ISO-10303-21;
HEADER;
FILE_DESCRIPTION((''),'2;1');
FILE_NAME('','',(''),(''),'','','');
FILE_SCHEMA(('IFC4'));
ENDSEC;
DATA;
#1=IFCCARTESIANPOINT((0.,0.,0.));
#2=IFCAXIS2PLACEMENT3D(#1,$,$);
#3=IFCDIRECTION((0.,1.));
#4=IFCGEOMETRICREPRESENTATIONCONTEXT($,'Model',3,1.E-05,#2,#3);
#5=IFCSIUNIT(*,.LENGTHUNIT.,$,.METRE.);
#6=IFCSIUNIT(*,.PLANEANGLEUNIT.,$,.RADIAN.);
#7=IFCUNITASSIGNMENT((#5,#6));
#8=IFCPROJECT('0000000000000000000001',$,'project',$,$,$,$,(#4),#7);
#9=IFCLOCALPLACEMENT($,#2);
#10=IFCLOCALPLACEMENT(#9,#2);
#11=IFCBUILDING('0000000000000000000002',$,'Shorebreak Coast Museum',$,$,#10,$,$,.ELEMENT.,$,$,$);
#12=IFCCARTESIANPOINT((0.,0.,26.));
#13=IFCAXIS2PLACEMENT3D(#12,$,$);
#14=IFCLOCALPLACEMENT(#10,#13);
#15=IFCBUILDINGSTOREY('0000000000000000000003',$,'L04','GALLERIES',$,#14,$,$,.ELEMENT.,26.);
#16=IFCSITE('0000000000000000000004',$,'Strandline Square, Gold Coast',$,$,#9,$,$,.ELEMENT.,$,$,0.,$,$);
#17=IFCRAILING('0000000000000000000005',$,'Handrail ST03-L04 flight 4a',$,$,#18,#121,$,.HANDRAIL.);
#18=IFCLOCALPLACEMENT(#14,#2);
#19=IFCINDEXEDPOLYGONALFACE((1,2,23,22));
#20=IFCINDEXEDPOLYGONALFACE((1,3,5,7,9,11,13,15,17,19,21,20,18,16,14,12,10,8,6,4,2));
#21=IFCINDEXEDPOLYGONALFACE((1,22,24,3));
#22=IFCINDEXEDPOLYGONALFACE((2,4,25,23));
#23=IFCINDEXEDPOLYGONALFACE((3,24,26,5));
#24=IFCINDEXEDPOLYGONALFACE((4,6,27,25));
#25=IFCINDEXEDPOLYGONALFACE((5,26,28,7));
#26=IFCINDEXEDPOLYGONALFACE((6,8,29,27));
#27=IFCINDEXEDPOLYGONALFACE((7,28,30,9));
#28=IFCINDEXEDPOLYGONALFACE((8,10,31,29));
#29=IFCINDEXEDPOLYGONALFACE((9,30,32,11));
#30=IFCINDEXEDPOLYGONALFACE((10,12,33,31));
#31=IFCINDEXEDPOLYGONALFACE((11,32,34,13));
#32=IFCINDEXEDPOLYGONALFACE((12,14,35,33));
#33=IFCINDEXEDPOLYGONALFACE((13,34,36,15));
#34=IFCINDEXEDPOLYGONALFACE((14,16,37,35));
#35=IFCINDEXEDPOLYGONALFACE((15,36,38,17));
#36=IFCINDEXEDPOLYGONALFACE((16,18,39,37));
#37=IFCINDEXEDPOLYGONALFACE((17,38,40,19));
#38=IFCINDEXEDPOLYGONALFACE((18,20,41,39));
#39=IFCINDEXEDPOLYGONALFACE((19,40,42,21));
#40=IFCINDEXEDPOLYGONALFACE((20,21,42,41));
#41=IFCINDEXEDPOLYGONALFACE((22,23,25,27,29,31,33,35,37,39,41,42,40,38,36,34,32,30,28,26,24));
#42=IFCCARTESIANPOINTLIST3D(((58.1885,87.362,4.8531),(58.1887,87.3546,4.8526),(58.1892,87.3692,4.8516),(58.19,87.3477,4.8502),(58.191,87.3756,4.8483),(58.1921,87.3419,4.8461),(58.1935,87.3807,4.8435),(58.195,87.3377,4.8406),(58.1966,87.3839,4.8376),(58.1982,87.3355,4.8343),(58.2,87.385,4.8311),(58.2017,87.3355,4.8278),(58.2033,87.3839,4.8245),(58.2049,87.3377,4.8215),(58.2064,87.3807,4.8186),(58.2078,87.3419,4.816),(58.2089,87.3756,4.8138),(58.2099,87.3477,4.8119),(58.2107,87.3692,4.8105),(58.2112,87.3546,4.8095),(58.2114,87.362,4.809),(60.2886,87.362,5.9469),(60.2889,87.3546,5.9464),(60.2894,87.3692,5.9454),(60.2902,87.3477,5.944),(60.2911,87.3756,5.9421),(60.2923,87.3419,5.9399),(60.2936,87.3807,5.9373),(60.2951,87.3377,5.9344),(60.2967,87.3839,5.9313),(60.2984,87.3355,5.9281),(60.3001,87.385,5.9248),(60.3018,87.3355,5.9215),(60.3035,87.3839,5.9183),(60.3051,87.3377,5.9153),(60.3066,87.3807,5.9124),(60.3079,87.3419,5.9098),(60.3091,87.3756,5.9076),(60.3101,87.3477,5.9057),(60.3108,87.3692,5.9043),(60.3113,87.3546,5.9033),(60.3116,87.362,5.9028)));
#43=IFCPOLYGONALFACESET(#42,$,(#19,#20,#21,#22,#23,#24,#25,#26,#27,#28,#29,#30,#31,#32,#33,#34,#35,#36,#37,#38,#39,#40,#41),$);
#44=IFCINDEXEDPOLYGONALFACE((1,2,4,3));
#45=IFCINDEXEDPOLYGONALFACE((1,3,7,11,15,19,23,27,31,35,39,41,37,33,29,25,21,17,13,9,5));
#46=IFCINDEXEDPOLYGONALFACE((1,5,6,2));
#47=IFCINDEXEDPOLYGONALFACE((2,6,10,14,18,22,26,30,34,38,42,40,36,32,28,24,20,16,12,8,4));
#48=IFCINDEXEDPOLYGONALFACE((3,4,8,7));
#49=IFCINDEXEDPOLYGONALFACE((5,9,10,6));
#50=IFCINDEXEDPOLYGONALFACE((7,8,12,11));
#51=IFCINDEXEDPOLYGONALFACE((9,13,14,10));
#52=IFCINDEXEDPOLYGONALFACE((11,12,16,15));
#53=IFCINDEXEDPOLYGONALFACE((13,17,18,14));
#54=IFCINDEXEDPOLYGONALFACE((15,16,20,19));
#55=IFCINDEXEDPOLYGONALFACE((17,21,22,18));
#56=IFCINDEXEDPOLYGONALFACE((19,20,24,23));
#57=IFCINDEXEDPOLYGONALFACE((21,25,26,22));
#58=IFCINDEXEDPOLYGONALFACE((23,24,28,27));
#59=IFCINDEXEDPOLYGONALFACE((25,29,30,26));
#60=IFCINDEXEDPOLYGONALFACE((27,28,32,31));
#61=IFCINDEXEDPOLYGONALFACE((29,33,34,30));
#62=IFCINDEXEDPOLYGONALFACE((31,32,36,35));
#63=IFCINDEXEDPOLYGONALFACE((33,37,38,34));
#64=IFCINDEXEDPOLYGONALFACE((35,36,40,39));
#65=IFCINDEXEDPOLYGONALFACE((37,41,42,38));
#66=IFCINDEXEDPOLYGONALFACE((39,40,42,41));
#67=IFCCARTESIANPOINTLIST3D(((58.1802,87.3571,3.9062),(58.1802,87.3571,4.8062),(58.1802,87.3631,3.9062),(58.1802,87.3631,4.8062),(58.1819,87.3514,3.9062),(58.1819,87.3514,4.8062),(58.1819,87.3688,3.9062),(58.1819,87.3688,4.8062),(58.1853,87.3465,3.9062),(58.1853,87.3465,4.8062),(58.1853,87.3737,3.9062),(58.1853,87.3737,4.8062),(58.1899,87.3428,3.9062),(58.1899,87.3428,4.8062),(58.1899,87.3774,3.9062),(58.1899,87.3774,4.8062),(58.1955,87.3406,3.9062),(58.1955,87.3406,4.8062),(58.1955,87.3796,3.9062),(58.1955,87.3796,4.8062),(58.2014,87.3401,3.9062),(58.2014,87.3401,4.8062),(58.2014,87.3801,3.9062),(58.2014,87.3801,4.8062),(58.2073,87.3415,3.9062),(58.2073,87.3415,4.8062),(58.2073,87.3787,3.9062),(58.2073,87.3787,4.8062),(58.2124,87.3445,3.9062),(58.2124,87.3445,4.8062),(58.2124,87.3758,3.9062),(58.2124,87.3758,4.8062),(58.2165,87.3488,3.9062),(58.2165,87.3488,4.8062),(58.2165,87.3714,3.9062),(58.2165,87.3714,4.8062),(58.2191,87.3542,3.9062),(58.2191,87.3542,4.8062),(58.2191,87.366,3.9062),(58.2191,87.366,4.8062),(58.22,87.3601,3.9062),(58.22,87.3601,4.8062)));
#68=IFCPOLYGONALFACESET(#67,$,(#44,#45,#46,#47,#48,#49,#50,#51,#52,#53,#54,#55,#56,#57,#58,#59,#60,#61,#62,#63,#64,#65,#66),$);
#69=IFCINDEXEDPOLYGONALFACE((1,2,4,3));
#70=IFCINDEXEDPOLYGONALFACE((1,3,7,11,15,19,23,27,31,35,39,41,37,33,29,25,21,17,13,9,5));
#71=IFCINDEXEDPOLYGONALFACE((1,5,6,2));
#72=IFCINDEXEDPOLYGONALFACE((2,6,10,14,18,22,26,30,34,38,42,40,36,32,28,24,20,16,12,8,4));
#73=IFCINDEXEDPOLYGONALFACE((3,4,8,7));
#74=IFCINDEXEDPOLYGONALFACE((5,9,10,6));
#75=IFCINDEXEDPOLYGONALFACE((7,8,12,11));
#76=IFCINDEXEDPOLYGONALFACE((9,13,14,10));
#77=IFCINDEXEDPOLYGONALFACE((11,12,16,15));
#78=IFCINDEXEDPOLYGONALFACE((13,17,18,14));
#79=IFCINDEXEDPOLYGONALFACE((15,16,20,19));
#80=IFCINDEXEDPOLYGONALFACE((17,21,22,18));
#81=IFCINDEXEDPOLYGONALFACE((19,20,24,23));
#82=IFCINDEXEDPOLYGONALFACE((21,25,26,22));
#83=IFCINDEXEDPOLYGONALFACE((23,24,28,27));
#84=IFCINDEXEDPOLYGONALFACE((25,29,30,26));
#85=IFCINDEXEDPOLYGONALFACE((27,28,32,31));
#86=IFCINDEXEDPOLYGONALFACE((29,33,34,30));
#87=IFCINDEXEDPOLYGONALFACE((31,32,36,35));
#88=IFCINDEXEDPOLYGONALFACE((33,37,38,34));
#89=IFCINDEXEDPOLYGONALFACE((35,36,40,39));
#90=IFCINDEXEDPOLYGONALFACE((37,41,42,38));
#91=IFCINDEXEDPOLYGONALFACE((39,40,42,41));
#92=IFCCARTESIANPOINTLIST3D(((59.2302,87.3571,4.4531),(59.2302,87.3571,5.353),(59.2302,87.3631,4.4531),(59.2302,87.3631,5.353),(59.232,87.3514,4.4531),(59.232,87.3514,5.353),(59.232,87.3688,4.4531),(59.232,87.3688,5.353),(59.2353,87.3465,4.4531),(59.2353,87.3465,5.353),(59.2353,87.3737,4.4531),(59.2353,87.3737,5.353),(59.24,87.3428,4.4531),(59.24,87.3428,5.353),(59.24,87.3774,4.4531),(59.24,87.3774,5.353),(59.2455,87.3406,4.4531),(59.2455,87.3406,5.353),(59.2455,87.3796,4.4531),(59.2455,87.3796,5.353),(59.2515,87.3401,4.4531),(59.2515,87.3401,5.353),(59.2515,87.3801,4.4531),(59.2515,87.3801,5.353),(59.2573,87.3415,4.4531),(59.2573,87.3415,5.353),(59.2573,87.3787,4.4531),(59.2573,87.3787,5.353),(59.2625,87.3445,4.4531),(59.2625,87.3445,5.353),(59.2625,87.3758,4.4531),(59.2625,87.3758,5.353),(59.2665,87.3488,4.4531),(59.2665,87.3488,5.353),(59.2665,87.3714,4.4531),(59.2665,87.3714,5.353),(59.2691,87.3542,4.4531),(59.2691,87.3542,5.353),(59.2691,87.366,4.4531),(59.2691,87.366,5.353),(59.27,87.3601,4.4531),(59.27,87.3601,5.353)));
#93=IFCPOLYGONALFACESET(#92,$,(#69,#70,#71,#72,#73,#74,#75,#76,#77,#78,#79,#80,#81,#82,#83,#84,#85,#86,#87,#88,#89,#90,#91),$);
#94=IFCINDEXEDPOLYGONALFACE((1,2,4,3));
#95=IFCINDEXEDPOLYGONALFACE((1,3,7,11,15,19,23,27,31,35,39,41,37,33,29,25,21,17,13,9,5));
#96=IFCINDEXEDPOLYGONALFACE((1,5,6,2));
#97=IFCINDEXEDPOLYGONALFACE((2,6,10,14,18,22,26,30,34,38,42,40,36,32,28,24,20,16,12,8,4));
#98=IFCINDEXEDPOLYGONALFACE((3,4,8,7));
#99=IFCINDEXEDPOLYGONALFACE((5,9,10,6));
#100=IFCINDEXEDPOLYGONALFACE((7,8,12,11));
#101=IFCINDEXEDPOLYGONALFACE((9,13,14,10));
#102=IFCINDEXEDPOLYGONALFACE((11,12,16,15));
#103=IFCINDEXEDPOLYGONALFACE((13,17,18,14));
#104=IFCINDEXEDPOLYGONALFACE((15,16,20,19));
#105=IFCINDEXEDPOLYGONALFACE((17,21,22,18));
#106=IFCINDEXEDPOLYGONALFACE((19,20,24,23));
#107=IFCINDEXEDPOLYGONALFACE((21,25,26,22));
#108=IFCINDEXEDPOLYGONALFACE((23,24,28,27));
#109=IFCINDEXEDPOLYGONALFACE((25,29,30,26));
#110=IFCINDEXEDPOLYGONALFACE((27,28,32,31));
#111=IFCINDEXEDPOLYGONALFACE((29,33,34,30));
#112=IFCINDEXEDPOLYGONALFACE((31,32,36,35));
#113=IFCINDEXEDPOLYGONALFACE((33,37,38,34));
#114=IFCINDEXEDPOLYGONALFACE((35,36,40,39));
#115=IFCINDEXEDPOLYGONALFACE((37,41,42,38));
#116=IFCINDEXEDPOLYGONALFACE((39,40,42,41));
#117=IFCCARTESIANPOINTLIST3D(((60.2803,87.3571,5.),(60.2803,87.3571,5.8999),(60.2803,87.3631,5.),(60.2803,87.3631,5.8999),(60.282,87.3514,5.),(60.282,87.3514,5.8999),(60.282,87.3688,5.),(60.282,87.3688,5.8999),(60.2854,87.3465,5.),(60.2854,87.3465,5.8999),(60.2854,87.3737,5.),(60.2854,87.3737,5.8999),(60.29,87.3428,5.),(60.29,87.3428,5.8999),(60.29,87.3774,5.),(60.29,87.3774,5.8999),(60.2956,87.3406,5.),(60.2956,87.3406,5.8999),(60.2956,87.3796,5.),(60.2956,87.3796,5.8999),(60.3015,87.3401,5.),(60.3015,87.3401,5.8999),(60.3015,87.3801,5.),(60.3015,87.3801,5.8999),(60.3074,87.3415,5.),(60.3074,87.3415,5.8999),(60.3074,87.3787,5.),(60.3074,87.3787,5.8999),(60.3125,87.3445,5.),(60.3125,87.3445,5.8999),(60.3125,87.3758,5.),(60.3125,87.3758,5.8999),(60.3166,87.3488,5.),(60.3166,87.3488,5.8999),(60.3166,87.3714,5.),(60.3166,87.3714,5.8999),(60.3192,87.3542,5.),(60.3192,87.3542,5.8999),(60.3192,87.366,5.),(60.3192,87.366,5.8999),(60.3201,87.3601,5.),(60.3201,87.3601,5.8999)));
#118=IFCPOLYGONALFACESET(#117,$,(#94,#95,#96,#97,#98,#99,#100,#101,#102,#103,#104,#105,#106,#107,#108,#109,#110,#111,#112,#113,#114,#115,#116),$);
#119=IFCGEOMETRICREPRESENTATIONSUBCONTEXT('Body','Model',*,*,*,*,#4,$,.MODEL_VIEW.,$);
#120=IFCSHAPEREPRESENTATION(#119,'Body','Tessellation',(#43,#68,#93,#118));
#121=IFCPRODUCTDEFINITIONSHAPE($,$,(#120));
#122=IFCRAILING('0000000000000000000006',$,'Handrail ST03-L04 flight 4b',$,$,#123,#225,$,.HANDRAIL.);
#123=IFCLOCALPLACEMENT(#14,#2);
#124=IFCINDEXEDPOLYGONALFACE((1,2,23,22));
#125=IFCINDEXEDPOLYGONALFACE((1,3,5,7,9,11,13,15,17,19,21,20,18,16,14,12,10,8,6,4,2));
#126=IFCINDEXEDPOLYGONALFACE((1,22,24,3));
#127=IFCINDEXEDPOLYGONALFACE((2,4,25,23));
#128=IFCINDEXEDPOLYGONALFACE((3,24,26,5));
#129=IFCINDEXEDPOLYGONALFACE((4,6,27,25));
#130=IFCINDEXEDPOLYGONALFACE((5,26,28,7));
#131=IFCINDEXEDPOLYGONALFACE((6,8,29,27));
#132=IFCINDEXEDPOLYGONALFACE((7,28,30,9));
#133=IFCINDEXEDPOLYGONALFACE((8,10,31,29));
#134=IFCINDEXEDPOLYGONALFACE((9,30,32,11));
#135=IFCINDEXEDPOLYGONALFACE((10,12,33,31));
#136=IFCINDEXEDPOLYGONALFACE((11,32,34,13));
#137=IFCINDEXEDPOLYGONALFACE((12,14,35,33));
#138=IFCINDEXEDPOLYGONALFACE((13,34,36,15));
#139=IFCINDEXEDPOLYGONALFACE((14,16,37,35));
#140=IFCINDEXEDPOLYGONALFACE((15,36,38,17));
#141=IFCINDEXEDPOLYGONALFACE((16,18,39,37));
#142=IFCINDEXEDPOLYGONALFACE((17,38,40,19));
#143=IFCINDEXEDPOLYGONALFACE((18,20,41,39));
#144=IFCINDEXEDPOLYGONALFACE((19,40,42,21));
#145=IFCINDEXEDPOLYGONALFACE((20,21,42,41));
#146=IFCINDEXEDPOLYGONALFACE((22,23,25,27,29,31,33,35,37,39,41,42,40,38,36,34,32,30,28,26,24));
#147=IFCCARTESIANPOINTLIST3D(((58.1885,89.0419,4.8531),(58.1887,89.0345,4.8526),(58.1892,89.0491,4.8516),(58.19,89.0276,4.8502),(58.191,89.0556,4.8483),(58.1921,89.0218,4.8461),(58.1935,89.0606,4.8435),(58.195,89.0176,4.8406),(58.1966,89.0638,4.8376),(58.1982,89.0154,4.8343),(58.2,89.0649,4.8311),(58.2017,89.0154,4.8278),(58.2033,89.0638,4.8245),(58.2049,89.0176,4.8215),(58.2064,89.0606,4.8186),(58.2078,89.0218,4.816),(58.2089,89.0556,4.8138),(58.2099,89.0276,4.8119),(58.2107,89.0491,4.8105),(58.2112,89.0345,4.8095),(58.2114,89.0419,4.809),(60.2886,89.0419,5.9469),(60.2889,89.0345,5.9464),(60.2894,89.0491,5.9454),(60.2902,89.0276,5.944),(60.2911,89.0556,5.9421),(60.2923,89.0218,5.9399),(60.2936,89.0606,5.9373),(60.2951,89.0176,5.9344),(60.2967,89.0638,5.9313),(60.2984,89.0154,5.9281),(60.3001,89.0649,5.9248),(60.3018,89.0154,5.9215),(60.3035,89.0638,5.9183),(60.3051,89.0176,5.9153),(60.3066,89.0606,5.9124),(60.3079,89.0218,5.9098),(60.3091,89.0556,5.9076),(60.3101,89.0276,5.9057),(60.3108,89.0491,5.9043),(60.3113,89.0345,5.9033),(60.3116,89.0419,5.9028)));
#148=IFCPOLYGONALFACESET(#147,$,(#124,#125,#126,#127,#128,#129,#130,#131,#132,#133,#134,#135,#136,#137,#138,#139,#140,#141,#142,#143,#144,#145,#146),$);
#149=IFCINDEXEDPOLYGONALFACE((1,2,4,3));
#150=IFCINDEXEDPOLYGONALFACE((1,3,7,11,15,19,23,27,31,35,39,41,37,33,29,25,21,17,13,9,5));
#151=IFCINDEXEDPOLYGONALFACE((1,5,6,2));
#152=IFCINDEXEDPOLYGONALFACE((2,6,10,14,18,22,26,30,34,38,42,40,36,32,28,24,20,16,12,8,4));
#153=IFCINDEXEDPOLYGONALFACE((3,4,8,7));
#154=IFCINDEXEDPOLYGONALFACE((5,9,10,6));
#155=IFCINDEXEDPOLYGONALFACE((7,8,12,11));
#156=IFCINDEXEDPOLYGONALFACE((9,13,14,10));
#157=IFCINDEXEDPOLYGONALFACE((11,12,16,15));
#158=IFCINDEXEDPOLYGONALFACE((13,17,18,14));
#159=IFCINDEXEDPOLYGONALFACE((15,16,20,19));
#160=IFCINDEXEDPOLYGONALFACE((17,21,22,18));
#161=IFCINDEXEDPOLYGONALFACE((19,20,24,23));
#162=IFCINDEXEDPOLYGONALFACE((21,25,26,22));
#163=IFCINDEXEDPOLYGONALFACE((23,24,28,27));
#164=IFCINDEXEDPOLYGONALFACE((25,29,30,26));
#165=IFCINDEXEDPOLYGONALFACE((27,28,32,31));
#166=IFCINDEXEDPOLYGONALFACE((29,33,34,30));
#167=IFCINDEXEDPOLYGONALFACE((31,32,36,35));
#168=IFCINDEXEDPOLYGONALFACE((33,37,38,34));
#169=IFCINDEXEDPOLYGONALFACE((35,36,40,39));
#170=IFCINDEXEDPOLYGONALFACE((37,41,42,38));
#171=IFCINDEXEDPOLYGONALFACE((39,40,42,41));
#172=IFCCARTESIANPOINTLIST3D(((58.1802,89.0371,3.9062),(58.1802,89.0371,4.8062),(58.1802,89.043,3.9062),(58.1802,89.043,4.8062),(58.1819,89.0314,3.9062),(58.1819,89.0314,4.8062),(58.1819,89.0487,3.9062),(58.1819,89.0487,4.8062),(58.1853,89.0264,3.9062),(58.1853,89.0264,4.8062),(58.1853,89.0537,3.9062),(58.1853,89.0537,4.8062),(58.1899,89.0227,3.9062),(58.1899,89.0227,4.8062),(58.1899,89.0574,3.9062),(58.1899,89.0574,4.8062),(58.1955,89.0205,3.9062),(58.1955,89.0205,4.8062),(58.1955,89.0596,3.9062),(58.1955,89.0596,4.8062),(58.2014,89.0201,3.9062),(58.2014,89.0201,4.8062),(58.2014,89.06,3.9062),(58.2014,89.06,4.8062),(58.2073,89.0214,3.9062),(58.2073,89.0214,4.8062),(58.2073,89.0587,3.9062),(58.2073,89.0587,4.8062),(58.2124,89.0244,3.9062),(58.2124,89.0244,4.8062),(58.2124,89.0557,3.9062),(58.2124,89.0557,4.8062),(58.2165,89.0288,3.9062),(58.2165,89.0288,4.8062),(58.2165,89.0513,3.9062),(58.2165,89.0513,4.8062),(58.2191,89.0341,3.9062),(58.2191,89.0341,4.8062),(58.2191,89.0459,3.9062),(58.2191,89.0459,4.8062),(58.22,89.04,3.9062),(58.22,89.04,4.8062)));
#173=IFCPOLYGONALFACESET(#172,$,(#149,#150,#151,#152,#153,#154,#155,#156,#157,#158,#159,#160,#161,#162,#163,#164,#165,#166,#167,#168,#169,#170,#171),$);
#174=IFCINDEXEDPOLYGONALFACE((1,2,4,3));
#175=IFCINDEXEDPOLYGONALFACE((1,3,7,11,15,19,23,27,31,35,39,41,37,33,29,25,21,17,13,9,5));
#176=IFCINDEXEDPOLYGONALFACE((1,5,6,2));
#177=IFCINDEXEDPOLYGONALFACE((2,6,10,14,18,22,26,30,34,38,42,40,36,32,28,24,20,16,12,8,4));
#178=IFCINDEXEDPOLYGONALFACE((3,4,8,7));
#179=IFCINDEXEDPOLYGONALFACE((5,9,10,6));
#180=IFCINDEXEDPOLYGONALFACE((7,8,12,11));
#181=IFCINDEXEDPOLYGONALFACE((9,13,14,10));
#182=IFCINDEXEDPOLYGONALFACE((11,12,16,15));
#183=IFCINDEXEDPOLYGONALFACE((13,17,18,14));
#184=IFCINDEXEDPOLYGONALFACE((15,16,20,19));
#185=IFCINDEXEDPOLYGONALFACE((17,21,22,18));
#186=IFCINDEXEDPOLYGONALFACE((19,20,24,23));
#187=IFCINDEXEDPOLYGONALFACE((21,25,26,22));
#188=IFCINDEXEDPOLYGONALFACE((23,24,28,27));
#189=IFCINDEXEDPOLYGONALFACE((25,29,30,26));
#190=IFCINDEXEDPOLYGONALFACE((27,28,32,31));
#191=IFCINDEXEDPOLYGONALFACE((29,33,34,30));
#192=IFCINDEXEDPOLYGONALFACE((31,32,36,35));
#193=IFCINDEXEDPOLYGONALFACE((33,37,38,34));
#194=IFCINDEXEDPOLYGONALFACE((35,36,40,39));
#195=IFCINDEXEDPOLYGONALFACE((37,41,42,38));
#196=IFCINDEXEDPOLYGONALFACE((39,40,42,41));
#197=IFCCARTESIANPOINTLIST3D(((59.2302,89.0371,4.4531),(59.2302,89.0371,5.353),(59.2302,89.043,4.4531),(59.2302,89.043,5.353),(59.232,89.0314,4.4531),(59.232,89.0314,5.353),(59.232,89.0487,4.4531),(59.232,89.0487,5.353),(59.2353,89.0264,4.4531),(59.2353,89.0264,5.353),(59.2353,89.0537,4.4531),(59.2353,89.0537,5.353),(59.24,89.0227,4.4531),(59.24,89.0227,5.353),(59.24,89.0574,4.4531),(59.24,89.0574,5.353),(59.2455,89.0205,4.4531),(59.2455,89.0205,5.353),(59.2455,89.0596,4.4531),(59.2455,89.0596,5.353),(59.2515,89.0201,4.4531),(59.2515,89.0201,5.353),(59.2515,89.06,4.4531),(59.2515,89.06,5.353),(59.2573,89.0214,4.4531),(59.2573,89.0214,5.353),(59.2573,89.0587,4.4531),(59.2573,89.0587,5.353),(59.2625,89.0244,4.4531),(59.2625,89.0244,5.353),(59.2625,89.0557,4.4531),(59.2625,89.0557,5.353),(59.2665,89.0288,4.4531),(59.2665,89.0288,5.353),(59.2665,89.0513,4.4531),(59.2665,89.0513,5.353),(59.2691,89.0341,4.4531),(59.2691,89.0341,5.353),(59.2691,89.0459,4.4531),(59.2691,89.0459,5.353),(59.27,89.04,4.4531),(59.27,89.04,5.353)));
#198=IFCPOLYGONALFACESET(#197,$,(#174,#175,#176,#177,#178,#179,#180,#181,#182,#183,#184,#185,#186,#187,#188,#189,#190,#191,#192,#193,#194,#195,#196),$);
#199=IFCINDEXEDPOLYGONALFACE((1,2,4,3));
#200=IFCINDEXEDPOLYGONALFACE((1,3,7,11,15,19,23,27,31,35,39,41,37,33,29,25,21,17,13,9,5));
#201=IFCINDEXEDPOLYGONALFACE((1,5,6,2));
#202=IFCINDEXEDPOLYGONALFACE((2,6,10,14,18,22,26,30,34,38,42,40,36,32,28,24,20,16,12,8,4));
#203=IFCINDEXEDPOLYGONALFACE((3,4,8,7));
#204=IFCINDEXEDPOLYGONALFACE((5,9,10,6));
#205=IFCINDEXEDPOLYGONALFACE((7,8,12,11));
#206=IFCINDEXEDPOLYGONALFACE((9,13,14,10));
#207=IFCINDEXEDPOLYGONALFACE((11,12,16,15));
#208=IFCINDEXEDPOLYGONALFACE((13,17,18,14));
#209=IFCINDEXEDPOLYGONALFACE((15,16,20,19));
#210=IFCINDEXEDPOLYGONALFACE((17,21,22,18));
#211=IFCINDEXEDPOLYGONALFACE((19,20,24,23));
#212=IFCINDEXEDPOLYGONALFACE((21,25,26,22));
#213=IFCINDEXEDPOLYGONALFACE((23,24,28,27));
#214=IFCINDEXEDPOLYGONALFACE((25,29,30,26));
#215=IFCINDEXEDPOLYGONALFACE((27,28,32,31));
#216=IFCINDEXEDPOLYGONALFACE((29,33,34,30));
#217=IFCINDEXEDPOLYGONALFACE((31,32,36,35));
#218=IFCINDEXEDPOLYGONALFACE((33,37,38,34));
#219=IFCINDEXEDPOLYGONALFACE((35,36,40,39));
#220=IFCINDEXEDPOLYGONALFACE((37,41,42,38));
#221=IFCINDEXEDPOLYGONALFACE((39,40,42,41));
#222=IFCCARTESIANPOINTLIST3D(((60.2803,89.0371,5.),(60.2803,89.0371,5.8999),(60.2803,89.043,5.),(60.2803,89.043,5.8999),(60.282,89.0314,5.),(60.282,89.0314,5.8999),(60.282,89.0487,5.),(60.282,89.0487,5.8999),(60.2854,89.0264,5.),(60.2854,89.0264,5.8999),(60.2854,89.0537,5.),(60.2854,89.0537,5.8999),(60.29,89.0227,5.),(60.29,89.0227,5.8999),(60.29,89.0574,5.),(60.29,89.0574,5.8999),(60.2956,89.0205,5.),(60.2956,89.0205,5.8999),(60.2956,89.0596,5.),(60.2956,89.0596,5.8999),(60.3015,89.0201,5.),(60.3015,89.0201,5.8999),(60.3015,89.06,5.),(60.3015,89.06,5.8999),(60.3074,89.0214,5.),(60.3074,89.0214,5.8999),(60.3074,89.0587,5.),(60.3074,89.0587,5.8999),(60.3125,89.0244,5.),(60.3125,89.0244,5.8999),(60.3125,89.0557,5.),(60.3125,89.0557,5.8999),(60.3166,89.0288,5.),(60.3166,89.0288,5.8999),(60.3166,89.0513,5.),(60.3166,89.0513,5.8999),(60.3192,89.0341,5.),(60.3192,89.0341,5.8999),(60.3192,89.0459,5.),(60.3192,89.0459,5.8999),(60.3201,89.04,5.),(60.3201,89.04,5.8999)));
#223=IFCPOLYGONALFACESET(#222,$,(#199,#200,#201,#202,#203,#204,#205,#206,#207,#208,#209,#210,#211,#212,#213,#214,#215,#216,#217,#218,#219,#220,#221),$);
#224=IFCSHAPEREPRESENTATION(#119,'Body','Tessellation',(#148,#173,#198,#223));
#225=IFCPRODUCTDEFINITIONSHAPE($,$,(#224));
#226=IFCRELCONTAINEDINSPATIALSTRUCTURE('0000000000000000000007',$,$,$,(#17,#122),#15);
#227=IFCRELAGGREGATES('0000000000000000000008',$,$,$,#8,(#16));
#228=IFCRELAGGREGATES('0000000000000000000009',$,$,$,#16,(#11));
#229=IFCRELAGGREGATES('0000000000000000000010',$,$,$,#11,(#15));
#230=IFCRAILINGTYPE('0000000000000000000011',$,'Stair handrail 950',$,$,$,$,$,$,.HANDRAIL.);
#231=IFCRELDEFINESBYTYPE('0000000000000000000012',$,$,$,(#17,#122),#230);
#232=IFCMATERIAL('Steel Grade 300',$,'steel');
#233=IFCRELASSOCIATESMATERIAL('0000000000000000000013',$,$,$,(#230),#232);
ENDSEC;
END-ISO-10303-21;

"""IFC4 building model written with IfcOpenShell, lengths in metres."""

from ifc_helpers import new_model, si_unit, direction, frame, origin, origin_2d, place, context, subcontext, project, spatial, circle, extrude, material, type_object, element, save


model = new_model("IFC4")

# Units and contexts
model_context = context("Model", 3, precision=1e-05, world=origin(), true_north=direction((0.0, 1.0)))
body_context = subcontext(model_context, "Body", "Model", "MODEL_VIEW")
ifc_project = project(units=[si_unit("LENGTHUNIT", "METRE"), si_unit("PLANEANGLEUNIT", "RADIAN")], contexts=[model_context])

# Site, building, storey
site_placement = place(None, origin())
site = spatial("IfcSite", under=ifc_project, at=site_placement, Name="Strandline Square, Gold Coast", CompositionType="ELEMENT", RefElevation=0.0)
building_placement = place(site_placement, origin())
building = spatial("IfcBuilding", under=site, at=building_placement, Name="Shorebreak Coast Museum", CompositionType="ELEMENT")
storey_placement = place(building_placement, frame((0.0, 0.0, 26.0)))
storey = spatial("IfcBuildingStorey", under=building, at=storey_placement, Name="L04", Description="GALLERIES", CompositionType="ELEMENT", Elevation=26.0)

# Railings
ifc_material_1 = material(Name="Steel Grade 300", Category="steel")
railing_type_1 = type_object("IfcRailingType", Name="Stair handrail 950", PredefinedType="HANDRAIL", material=ifc_material_1)
for number, where, name in (
    (1, (58.2, 87.3601, 3.9062), "Handrail ST03-L04 flight 4a"),
    (2, (58.2, 89.04, 3.9062), "Handrail ST03-L04 flight 4b"),
):
    element("IfcRailing", number, at=place(storey_placement, frame(where)), inside=storey, type_object=railing_type_1, Name=name, PredefinedType="HANDRAIL", context=body_context, shape_type="SweptSolid", body=[
        extrude(circle(Radius=0.0249, at=origin_2d()), frame((0.0, 0.0, 0.9248), z_axis=(0.886923, 0.0, 0.461918), x_axis=(0.0, 1.0, 0.0)), (0.0, 0.0, 1.0), 2.3679),
        extrude(circle(Radius=0.02, at=origin_2d()), origin(), (0.0, 0.0, 1.0), 0.8999),
        extrude(circle(Radius=0.02, at=origin_2d()), frame((1.05, 0.0, 0.5469)), (0.0, 0.0, 1.0), 0.8999),
        extrude(circle(Radius=0.02, at=origin_2d()), frame((2.1001, 0.0, 1.0938)), (0.0, 0.0, 1.0), 0.8999),
    ])

save(model, "model.ifc")
